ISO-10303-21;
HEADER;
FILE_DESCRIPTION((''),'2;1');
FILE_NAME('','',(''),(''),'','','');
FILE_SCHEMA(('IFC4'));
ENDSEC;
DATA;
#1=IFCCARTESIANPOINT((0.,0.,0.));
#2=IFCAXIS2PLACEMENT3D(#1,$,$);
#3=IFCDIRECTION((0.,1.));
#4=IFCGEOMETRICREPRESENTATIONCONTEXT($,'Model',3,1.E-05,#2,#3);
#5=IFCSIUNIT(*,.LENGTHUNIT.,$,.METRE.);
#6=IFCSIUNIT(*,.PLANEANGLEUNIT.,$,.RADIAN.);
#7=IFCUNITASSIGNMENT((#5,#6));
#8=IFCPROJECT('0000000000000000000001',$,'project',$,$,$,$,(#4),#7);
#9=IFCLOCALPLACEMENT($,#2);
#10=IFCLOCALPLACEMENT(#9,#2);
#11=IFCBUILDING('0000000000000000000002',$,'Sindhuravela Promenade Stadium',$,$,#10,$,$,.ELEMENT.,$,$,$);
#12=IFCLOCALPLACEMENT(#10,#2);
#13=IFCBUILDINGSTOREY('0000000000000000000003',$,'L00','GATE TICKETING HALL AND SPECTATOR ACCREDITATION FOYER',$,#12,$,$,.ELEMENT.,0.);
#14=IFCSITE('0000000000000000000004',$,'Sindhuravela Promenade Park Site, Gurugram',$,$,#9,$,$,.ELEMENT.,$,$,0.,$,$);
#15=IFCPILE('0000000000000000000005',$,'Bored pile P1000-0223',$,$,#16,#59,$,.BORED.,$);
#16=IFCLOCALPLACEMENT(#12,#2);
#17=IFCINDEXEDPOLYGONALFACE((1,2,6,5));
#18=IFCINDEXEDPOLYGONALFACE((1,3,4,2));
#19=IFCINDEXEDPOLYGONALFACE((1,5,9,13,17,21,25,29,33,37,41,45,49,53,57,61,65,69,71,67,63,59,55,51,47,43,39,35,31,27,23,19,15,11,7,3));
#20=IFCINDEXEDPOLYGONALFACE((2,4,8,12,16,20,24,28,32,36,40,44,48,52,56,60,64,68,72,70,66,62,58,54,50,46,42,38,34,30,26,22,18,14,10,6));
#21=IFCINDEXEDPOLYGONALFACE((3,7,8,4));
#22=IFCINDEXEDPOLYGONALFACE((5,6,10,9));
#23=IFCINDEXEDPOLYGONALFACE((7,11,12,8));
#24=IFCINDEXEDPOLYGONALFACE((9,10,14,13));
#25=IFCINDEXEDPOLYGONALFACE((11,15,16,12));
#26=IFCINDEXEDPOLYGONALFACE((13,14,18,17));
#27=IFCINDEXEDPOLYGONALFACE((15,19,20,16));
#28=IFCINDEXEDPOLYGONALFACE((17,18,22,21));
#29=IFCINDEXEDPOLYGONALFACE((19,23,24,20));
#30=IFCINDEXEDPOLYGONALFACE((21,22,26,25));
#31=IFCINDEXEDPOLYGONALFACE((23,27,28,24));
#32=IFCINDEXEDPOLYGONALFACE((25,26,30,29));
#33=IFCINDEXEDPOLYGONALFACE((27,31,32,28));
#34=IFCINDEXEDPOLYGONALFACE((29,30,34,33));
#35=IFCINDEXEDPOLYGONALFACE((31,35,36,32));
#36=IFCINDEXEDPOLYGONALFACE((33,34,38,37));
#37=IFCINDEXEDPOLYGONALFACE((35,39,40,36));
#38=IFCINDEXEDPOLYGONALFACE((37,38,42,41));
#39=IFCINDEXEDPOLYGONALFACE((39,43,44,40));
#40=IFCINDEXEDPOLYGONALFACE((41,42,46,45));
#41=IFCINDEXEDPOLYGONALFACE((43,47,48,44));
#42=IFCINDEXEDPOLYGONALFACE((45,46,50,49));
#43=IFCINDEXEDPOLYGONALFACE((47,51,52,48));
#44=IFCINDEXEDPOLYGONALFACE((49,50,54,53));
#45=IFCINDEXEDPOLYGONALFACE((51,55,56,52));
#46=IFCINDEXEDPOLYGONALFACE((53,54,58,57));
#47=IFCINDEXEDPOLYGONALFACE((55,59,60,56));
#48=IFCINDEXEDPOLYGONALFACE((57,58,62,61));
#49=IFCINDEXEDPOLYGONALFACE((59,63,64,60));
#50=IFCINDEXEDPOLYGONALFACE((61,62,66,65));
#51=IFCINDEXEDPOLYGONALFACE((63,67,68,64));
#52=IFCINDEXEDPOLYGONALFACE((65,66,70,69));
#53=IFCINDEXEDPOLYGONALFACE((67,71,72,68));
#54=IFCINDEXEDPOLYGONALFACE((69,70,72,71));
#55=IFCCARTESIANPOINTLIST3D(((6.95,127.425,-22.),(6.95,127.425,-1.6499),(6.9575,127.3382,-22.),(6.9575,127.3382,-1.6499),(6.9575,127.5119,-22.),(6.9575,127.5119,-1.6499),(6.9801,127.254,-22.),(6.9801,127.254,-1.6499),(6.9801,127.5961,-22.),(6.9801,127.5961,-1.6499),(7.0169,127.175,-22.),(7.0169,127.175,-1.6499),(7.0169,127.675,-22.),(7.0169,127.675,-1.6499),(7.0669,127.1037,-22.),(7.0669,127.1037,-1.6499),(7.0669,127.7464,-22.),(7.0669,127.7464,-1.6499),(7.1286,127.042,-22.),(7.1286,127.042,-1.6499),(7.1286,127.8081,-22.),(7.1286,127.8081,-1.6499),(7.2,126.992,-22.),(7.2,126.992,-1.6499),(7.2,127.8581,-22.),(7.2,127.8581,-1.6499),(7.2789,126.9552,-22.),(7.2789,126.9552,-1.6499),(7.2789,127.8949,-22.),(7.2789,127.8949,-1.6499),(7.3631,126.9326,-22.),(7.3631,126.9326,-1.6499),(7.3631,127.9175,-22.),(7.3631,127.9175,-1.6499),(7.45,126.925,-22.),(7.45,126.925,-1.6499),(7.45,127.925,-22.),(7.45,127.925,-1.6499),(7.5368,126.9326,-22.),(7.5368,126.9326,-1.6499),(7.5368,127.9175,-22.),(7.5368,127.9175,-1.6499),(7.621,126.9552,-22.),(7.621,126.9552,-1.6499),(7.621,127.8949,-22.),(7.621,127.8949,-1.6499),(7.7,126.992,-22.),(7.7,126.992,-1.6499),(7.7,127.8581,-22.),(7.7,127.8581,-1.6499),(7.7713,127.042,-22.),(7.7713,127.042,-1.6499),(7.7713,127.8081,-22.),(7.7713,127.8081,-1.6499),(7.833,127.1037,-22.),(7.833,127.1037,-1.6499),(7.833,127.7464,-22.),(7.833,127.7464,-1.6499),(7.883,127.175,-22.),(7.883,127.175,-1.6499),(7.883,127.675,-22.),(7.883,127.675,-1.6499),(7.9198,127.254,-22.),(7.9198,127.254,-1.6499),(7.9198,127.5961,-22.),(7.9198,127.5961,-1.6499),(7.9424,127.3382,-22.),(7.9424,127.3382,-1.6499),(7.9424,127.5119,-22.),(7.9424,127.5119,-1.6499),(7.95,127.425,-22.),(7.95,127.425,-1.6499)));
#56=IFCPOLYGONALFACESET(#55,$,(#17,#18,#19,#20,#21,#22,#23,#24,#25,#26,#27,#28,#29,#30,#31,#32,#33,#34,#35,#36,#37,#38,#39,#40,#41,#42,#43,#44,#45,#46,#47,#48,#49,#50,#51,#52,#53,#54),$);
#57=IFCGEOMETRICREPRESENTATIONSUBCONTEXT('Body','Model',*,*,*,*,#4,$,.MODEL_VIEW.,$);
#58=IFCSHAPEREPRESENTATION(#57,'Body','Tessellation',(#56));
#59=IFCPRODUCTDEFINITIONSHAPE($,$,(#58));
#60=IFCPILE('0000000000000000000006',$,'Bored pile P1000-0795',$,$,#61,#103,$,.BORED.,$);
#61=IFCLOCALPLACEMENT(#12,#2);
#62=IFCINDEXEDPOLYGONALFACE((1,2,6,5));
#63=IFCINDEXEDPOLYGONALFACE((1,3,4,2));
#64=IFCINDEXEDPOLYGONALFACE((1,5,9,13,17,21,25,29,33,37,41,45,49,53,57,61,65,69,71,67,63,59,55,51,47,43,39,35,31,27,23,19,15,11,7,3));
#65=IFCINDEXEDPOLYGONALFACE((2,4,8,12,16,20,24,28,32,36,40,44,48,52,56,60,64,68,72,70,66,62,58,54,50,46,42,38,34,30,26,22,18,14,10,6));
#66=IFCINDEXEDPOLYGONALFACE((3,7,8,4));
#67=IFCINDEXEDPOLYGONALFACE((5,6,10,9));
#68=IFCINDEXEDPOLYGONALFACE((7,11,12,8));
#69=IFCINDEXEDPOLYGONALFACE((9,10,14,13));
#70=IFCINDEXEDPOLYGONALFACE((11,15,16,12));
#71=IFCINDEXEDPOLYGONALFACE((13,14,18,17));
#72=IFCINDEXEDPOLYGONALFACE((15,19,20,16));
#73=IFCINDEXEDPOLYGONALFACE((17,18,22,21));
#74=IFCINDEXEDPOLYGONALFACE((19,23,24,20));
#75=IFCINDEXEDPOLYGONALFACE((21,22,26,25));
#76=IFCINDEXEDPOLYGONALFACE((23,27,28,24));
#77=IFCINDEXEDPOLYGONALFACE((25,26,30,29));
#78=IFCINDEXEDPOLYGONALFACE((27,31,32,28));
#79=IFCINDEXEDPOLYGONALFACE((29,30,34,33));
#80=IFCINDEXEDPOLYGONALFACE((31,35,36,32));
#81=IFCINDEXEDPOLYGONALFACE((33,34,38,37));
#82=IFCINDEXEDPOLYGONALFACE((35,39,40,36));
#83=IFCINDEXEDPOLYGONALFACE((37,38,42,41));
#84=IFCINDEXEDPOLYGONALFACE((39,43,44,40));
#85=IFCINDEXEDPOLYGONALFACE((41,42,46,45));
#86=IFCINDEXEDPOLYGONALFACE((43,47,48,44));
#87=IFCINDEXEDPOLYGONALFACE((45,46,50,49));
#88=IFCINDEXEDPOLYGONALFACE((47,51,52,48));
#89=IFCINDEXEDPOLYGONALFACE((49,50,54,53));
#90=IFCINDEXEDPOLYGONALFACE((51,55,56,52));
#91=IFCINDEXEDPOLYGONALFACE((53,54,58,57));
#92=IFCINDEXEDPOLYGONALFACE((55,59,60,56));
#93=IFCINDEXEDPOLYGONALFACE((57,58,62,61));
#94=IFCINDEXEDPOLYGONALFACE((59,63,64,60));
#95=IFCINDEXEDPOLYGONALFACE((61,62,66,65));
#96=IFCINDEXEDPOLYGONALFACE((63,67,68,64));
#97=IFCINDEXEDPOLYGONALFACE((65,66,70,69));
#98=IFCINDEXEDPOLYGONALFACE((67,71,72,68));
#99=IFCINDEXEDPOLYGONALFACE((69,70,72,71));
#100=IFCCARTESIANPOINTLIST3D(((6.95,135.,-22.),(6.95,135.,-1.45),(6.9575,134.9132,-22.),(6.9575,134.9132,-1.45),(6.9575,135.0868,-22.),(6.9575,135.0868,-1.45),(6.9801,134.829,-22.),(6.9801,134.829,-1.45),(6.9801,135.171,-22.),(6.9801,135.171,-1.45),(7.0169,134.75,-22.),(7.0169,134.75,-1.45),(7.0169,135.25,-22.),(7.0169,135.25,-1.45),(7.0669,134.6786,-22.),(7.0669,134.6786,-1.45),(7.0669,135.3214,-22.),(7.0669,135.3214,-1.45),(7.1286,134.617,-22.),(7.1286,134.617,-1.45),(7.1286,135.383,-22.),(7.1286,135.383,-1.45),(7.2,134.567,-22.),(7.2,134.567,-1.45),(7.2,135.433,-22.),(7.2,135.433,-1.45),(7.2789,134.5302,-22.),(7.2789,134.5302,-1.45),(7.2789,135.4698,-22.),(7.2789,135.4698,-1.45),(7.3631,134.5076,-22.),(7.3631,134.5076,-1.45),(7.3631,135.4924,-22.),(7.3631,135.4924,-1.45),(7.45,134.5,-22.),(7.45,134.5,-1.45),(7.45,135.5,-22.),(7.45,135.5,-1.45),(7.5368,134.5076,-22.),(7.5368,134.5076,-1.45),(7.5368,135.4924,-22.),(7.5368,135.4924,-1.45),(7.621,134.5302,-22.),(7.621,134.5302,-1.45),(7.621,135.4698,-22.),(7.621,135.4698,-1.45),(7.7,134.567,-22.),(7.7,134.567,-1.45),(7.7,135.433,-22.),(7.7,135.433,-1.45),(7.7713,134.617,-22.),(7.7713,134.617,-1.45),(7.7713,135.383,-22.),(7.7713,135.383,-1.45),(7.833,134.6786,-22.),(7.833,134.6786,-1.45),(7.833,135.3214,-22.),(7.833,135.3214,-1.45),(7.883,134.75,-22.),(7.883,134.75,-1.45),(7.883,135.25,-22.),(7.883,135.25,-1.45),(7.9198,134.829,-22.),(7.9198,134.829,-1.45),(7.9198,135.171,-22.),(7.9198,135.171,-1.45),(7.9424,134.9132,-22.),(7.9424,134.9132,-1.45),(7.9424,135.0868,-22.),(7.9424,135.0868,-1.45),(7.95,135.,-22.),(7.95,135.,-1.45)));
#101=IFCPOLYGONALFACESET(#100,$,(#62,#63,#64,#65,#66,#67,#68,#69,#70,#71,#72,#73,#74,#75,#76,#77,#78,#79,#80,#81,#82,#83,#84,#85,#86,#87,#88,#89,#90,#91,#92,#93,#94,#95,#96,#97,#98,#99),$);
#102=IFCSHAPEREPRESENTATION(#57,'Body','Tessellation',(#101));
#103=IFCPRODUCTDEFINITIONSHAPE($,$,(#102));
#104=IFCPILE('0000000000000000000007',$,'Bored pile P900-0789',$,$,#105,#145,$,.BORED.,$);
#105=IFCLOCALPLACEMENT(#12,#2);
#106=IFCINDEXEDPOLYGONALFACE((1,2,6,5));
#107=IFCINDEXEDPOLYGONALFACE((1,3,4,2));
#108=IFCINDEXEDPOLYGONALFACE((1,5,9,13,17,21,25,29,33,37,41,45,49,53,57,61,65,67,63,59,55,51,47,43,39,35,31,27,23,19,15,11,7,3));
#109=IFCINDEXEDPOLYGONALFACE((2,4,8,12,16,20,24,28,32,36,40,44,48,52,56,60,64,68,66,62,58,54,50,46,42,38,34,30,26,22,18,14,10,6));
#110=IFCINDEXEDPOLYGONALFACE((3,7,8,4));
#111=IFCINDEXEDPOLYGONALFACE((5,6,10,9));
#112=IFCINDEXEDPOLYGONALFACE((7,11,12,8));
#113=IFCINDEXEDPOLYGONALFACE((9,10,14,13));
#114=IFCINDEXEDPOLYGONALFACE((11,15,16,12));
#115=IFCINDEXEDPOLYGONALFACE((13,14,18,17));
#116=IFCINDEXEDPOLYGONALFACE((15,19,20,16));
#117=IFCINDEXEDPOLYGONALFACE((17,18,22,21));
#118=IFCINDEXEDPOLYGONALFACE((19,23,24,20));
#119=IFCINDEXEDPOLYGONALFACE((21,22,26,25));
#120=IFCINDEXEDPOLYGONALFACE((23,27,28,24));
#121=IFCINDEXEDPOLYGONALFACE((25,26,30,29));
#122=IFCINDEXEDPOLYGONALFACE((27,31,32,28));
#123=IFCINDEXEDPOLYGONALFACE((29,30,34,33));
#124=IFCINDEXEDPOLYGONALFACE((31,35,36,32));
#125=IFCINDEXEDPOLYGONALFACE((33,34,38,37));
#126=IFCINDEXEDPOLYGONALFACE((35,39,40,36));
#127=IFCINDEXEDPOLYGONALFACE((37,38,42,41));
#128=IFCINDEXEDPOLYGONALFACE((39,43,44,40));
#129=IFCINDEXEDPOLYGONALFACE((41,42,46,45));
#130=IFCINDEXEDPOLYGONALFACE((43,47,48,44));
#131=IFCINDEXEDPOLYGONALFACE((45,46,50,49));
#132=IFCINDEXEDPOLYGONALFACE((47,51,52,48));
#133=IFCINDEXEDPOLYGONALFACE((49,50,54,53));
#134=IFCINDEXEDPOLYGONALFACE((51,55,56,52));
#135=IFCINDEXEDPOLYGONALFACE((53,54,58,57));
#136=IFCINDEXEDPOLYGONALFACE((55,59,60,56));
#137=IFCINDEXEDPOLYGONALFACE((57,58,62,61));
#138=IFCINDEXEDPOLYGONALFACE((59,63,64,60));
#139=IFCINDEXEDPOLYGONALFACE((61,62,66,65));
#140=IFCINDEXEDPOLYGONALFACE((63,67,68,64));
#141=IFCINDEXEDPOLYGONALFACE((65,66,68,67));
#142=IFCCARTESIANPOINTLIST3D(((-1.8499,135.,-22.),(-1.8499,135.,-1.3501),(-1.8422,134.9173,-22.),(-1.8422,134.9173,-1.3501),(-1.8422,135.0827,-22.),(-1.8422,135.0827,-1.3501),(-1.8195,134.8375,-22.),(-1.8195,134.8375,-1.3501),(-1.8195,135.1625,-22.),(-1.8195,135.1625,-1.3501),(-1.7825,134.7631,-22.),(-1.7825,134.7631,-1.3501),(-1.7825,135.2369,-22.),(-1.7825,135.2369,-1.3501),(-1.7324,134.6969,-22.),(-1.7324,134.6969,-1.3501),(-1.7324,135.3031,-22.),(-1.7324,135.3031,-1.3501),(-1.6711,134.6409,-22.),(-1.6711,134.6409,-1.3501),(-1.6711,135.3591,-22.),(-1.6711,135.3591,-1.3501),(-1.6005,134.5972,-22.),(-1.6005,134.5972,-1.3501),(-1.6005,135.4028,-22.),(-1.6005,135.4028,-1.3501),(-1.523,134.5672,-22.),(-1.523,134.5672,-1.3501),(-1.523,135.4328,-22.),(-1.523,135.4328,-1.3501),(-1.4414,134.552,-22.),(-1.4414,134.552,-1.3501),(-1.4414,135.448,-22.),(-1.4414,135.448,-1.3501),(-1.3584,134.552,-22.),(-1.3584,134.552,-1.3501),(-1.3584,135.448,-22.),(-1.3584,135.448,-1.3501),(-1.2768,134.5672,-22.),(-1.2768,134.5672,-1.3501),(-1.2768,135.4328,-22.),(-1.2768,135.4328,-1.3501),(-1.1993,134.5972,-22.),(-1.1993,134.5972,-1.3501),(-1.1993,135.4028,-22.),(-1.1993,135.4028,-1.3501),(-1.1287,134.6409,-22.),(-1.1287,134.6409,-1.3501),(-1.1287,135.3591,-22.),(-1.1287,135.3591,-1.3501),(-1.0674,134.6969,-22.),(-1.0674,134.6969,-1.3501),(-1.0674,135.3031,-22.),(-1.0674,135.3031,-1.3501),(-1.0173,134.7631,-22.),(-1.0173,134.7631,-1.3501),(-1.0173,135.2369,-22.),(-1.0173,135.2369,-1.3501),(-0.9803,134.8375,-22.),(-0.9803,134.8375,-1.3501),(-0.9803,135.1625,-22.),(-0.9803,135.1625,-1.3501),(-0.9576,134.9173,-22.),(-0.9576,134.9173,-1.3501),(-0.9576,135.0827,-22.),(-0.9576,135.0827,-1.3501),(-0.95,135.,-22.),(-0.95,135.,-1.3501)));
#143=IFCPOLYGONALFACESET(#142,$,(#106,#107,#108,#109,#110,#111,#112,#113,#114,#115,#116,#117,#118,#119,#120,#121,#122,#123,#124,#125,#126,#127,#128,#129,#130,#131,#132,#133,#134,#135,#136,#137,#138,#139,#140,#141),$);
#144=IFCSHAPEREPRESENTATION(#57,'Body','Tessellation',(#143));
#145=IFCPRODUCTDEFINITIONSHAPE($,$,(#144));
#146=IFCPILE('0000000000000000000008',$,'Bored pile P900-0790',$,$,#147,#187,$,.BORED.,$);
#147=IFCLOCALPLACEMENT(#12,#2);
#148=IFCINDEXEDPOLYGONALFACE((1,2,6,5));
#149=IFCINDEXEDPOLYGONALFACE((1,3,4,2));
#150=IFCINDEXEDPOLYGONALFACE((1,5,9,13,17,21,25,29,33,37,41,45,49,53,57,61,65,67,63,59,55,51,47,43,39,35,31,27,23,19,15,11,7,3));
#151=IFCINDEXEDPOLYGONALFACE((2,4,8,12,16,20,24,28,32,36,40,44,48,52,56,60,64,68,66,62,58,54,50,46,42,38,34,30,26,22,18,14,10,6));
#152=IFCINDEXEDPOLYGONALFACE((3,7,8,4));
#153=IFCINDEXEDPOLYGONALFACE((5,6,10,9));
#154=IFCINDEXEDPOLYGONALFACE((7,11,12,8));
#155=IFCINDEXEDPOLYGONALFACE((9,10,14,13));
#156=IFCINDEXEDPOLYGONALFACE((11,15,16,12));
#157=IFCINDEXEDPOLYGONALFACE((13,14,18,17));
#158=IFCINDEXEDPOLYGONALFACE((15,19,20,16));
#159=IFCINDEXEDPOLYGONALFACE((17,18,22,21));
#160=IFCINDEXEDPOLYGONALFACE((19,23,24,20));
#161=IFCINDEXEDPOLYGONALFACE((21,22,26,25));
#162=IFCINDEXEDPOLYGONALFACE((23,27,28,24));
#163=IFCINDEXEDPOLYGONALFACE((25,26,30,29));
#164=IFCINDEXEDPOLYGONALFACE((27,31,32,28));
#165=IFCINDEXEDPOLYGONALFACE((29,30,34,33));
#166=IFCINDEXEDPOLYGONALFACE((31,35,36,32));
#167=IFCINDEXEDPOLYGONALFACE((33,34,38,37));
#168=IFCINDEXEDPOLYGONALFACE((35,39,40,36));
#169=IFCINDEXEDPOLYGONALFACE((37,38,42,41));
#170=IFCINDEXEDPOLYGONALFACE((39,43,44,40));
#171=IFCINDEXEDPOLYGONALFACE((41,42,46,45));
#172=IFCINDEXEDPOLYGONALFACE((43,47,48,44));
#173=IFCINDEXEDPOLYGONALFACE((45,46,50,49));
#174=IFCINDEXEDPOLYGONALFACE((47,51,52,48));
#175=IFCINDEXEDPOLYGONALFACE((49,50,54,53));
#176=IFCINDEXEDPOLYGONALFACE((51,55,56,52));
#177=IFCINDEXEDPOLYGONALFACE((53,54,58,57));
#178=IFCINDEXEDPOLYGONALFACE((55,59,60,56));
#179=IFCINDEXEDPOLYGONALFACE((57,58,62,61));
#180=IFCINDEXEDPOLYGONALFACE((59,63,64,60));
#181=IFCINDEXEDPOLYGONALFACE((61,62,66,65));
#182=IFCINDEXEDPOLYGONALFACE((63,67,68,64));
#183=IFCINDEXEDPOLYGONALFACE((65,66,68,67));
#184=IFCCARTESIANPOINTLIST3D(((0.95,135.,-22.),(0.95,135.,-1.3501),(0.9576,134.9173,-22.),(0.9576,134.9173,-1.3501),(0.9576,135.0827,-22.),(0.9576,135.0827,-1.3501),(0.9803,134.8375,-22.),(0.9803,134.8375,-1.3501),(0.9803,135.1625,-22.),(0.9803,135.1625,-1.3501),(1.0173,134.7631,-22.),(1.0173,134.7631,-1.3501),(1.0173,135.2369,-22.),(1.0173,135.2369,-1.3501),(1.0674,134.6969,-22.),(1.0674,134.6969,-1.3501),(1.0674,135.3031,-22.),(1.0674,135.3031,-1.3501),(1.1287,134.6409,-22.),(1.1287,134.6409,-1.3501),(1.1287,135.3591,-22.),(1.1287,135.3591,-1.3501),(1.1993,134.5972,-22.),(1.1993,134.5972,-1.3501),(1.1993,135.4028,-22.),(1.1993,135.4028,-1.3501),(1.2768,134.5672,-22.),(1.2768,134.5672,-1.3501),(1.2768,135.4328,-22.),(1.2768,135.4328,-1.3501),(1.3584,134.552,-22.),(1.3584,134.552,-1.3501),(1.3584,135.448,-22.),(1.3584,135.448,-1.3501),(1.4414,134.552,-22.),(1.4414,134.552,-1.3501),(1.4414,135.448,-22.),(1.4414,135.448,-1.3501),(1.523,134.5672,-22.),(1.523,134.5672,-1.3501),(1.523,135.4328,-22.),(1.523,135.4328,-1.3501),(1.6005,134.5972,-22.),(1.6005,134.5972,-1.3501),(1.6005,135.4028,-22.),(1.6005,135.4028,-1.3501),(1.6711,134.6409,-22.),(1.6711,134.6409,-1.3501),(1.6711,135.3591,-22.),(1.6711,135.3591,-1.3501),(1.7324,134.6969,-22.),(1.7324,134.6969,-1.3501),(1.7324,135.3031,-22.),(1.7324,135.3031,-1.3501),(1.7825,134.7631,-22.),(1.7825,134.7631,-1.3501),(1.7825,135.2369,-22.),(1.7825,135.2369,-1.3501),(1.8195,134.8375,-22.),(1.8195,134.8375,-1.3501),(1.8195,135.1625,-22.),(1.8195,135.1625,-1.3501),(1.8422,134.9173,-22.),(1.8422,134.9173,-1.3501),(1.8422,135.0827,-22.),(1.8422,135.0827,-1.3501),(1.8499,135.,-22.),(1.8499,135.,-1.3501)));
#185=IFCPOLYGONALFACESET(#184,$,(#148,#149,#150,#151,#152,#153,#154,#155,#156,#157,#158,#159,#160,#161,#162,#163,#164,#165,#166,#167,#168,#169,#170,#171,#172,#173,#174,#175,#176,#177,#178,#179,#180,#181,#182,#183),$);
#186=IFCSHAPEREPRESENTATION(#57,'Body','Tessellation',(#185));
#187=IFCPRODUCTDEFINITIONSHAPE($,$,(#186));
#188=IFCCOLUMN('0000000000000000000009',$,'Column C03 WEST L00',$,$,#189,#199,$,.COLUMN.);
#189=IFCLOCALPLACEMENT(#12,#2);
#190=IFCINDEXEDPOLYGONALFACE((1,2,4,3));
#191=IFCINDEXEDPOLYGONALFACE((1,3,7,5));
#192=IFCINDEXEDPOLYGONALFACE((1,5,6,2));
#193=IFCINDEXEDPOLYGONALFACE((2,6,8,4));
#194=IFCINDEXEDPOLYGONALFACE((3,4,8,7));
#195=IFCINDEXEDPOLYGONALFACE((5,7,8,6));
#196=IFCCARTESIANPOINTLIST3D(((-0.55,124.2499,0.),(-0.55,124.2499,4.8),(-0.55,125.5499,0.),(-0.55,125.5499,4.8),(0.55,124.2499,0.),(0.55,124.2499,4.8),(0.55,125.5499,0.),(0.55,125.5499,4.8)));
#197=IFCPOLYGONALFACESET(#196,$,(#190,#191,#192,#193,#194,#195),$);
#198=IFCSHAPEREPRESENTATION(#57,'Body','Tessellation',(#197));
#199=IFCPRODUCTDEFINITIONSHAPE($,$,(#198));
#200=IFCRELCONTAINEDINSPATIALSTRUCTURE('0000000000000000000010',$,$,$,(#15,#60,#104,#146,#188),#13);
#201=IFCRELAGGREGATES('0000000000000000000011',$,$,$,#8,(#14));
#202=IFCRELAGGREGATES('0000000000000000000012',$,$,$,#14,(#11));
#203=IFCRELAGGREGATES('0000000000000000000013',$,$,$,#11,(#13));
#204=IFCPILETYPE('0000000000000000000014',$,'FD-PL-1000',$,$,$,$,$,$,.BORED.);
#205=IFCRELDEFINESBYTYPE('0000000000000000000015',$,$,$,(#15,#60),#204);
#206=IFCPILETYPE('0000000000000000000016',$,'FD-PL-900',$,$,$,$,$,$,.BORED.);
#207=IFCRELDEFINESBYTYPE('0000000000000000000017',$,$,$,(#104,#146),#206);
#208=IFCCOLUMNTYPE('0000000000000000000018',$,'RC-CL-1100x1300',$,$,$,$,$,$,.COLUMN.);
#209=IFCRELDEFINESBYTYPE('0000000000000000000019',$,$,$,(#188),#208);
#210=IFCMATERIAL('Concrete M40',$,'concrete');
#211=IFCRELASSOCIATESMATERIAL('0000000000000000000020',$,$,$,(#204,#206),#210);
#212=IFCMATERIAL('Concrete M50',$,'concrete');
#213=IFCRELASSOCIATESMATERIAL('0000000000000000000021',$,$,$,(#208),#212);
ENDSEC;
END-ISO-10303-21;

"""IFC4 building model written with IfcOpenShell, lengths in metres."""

from ifc_helpers import new_model, si_unit, direction, frame, origin, origin_2d, place, context, subcontext, project, spatial, rectangle, circle, extrude, material, material_profile, profile_set, type_object, element, save


model = new_model("IFC4")

# Units and contexts
model_context = context("Model", 3, precision=1e-05, world=origin(), true_north=direction((0.0, 1.0)))
body_context = subcontext(model_context, "Body", "Model", "MODEL_VIEW")
ifc_project = project(units=[si_unit("LENGTHUNIT", "METRE"), si_unit("PLANEANGLEUNIT", "RADIAN")], contexts=[model_context])

# Site, building, storey
site_placement = place(None, origin())
site = spatial("IfcSite", under=ifc_project, at=site_placement, Name="Sindhuravela Promenade Park Site, Gurugram", CompositionType="ELEMENT", RefElevation=0.0)
building_placement = place(site_placement, origin())
building = spatial("IfcBuilding", under=site, at=building_placement, Name="Sindhuravela Promenade Stadium", CompositionType="ELEMENT")
storey_placement = place(building_placement, origin())
storey = spatial("IfcBuildingStorey", under=building, at=storey_placement, Name="L00", Description="GATE TICKETING HALL AND SPECTATOR ACCREDITATION FOYER", CompositionType="ELEMENT", Elevation=0.0)

# Shared definitions
ifc_material_1 = material(Name="Concrete M50", Category="concrete")

# Piles
ifc_material_2 = material(Name="Concrete M40", Category="concrete")
ifc_material_profile_1 = material_profile(ifc_material_2, circle(Radius=0.5, at=origin_2d()), Name="BORED PILE D1000")
ifc_profile_set_1 = profile_set([ifc_material_profile_1], Name="Concrete M40")
pile_type_1 = type_object("IfcPileType", Name="FD-PL-1000", PredefinedType="BORED", material=ifc_profile_set_1)
for number, where, z_axis, x_axis, name in (
    (1, (7.45, 127.425, -1.6499), (0.0, 0.0, -1.0), (1.0, 0.0, 0.0), "Bored pile P1000-0223"),
):
    element("IfcPile", number, at=place(storey_placement, frame(where, z_axis=z_axis, x_axis=x_axis)), inside=storey, type_object=pile_type_1, Name=name, PredefinedType="BORED", context=body_context, shape_type="SweptSolid", body=[
        extrude(circle(Radius=0.5, at=origin_2d()), origin(), (0.0, 0.0, 1.0), 20.3501),
    ])
pile_placement = place(storey_placement, frame((7.45, 135.0, -1.45), z_axis=(0.0, 0.0, -1.0), x_axis=(1.0, 0.0, 0.0)))
element("IfcPile", 2, at=pile_placement, inside=storey, type_object=pile_type_1, Name="Bored pile P1000-0795", PredefinedType="BORED", context=body_context, shape_type="SweptSolid", body=[
    extrude(circle(Radius=0.5, at=origin_2d()), origin(), (0.0, 0.0, 1.0), 20.55),
])
ifc_material_profile_2 = material_profile(ifc_material_2, circle(Radius=0.45, at=origin_2d()), Name="BORED PILE D900")
ifc_profile_set_2 = profile_set([ifc_material_profile_2], Name="Concrete M40")
pile_type_2 = type_object("IfcPileType", Name="FD-PL-900", PredefinedType="BORED", material=ifc_profile_set_2)
for number, where, z_axis, x_axis, name in (
    (3, (-1.3999, 135.0, -1.3501), (0.0, 0.0, -1.0), (1.0, 0.0, 0.0), "Bored pile P900-0789"),
    (4, (1.3999, 135.0, -1.3501), (0.0, 0.0, -1.0), (1.0, 0.0, 0.0), "Bored pile P900-0790"),
):
    element("IfcPile", number, at=place(storey_placement, frame(where, z_axis=z_axis, x_axis=x_axis)), inside=storey, type_object=pile_type_2, Name=name, PredefinedType="BORED", context=body_context, shape_type="SweptSolid", body=[
        extrude(circle(Radius=0.45, at=origin_2d()), origin(), (0.0, 0.0, 1.0), 20.6499),
    ])

# Column
ifc_material_profile_3 = material_profile(ifc_material_1, rectangle(XDim=1.1001, YDim=1.3, at=origin_2d()), Name="RC 1100x1300")
ifc_profile_set_3 = profile_set([ifc_material_profile_3], Name="Concrete M50")
column_type_1 = type_object("IfcColumnType", Name="RC-CL-1100x1300", PredefinedType="COLUMN", material=ifc_profile_set_3)
for number, where, z_axis, x_axis, name in (
    (5, (0.0, 124.8999, 0.0), (0.0, 0.0, 1.0), (1.0, 0.0, 0.0), "Column C03 WEST L00"),
):
    element("IfcColumn", number, at=place(storey_placement, frame(where, z_axis=z_axis, x_axis=x_axis)), inside=storey, type_object=column_type_1, Name=name, PredefinedType="COLUMN", context=body_context, shape_type="SweptSolid", body=[
        extrude(rectangle(XDim=1.1001, YDim=1.3, at=origin_2d()), origin(), (0.0, 0.0, 1.0), 4.8),
    ])

save(model, "model.ifc")
